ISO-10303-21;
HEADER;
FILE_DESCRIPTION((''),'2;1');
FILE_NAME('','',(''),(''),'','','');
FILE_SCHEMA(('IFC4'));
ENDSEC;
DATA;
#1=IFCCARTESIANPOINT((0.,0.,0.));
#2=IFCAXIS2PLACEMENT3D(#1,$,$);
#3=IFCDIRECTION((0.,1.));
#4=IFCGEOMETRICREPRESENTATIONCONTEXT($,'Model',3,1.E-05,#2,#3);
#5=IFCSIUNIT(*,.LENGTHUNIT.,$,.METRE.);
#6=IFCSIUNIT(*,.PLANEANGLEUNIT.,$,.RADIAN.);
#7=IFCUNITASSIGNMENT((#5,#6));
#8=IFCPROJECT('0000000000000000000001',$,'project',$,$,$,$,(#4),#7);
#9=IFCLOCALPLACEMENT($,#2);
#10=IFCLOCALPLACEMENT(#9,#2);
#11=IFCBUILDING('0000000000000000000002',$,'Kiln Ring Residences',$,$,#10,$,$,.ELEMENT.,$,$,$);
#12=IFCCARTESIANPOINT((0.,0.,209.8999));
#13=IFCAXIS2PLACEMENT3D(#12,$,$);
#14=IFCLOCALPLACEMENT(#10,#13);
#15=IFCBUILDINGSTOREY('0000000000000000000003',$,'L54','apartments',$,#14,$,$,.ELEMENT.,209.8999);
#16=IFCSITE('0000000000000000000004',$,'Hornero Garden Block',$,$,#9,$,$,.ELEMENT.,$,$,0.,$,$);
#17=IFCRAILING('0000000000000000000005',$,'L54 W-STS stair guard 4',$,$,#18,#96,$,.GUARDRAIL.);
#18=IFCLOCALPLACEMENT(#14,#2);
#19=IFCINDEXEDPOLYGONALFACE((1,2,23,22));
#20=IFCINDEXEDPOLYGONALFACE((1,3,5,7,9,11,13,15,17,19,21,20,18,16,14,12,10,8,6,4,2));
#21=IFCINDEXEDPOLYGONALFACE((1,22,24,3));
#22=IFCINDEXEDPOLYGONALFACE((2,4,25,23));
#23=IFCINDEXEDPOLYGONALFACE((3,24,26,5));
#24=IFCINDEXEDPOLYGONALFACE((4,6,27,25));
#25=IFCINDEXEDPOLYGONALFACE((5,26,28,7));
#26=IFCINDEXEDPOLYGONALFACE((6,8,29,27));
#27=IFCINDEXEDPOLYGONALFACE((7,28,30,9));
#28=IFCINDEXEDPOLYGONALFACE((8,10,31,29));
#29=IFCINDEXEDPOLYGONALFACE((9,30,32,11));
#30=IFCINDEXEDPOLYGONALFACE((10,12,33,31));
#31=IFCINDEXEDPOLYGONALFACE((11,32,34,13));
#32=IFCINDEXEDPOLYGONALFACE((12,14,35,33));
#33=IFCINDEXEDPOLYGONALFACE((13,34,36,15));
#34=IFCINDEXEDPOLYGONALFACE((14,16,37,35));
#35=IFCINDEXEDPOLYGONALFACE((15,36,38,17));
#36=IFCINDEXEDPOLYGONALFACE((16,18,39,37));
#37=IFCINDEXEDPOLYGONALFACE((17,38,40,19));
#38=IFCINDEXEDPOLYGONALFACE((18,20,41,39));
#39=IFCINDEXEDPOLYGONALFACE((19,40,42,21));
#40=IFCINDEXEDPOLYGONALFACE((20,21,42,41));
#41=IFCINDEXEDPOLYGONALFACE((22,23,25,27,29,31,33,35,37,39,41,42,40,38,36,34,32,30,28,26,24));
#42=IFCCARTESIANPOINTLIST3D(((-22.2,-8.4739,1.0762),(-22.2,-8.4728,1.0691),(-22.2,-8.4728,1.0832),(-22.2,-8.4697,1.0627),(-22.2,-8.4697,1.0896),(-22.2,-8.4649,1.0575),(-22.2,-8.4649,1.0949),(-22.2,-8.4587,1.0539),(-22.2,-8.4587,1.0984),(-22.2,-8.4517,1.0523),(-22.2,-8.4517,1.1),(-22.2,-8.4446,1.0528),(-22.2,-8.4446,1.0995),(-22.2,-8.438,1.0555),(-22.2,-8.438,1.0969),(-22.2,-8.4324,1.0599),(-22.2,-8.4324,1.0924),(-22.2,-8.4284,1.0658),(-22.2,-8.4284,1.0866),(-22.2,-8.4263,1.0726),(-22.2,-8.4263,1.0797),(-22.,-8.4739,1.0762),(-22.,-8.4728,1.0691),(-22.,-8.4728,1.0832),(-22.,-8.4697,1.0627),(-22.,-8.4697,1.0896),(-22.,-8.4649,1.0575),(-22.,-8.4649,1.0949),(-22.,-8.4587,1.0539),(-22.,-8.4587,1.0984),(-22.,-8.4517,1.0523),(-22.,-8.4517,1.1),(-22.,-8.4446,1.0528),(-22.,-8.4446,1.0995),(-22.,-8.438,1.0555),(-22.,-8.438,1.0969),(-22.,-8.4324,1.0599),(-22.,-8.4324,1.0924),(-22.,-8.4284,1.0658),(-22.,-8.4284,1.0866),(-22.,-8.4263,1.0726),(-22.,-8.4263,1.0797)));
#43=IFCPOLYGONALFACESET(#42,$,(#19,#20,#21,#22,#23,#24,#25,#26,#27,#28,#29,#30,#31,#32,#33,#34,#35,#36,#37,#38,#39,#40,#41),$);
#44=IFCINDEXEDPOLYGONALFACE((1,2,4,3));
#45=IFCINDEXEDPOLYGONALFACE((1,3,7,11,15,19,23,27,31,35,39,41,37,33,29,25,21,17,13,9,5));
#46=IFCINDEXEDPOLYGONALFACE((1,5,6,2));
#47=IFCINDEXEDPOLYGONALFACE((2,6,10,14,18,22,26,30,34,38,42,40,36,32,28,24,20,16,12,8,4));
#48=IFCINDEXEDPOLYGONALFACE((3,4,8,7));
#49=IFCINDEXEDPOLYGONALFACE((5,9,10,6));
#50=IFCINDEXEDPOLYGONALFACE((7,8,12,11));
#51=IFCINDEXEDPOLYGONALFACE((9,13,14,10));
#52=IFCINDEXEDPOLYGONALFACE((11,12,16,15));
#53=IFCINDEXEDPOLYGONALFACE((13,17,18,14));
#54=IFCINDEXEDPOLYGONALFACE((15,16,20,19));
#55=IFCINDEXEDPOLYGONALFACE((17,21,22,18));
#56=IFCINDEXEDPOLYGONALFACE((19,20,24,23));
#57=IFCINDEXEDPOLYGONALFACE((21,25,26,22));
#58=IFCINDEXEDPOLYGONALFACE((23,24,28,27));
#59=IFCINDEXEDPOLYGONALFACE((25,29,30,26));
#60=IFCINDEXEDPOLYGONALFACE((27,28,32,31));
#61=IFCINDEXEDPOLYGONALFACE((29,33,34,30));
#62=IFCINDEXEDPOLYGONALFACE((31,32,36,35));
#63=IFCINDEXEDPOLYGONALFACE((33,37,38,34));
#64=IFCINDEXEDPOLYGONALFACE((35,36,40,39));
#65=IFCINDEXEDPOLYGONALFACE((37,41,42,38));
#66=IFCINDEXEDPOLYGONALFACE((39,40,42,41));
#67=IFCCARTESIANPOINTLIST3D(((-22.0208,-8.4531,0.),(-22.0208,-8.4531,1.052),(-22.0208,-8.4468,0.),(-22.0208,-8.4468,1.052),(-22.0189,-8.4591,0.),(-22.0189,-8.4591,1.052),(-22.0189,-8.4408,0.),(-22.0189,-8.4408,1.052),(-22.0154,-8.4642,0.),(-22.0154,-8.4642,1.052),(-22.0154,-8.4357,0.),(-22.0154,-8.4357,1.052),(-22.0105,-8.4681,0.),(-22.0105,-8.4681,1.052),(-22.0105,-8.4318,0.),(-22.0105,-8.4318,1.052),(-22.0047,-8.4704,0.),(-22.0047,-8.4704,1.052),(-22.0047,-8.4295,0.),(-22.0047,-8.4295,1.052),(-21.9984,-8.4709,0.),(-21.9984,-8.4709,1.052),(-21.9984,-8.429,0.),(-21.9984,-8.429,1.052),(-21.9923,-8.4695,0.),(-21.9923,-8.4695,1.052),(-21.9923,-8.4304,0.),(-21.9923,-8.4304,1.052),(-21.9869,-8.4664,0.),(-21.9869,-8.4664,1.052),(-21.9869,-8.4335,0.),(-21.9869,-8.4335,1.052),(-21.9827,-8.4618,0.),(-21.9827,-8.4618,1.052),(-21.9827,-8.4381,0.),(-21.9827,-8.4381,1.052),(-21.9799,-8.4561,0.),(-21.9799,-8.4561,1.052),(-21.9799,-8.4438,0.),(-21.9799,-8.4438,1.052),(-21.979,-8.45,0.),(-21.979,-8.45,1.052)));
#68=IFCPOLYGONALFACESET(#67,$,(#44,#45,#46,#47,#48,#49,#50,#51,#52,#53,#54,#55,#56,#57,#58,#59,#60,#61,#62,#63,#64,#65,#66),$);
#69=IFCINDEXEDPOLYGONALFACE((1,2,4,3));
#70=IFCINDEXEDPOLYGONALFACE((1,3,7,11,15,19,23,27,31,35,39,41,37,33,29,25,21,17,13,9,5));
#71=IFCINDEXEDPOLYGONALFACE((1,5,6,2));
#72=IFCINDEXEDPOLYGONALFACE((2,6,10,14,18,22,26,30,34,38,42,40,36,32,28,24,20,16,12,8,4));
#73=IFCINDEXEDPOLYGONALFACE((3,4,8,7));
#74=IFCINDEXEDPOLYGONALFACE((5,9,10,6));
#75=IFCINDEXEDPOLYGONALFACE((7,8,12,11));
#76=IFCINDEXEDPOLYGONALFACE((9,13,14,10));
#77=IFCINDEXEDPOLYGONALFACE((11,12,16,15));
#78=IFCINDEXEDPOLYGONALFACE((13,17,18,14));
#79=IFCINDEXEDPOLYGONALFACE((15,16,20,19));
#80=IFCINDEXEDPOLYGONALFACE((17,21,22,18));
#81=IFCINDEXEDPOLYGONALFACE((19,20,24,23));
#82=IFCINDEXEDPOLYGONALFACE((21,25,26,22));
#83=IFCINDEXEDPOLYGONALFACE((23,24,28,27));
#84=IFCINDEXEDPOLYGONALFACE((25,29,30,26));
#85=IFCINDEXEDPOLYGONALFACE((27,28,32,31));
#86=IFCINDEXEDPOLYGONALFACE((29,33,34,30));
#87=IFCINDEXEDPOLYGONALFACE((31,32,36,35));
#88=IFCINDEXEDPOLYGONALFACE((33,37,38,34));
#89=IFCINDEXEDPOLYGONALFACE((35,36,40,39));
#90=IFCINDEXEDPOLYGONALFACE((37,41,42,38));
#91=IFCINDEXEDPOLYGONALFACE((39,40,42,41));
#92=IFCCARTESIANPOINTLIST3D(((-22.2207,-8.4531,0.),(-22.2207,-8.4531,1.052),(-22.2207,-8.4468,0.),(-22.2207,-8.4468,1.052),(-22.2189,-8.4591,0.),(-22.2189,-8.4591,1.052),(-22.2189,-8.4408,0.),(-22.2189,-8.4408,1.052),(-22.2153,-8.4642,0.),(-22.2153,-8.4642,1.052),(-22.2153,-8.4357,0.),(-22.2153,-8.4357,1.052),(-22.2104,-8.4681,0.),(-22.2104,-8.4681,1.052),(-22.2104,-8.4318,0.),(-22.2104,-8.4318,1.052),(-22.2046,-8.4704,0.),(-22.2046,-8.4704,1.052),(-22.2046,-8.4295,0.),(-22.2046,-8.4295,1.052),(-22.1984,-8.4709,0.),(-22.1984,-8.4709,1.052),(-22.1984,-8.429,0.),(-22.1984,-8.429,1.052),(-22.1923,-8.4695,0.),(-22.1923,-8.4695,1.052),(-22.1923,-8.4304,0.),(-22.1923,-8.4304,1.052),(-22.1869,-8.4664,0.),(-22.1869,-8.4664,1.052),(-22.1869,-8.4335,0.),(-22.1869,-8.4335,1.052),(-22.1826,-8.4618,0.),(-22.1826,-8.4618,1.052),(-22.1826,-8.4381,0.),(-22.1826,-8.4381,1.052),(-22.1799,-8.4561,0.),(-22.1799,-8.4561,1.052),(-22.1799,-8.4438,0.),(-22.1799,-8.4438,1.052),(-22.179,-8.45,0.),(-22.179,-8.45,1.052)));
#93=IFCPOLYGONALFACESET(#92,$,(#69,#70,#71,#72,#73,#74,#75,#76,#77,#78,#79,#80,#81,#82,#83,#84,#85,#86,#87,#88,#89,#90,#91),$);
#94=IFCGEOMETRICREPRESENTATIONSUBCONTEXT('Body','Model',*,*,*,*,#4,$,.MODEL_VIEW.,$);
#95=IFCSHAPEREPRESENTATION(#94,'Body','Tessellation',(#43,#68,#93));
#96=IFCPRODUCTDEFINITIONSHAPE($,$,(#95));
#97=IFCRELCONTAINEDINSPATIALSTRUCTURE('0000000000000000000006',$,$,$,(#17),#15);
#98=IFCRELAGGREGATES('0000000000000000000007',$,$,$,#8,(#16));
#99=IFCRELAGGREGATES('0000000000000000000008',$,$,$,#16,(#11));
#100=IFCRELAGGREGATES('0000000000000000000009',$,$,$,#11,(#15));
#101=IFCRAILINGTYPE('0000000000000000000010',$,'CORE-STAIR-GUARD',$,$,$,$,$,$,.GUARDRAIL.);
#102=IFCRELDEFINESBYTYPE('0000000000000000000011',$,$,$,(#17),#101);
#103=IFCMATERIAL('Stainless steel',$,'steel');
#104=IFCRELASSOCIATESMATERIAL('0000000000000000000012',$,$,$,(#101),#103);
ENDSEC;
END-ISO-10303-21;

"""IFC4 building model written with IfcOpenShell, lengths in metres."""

from ifc_helpers import new_model, si_unit, direction, frame, origin, origin_2d, place, context, subcontext, project, spatial, circle, extrude, material, type_object, element, save


model = new_model("IFC4")

# Units and contexts
model_context = context("Model", 3, precision=1e-05, world=origin(), true_north=direction((0.0, 1.0)))
body_context = subcontext(model_context, "Body", "Model", "MODEL_VIEW")
ifc_project = project(units=[si_unit("LENGTHUNIT", "METRE"), si_unit("PLANEANGLEUNIT", "RADIAN")], contexts=[model_context])

# Site, building, storey
site_placement = place(None, origin())
site = spatial("IfcSite", under=ifc_project, at=site_placement, Name="Hornero Garden Block", CompositionType="ELEMENT", RefElevation=0.0)
building_placement = place(site_placement, origin())
building = spatial("IfcBuilding", under=site, at=building_placement, Name="Kiln Ring Residences", CompositionType="ELEMENT")
storey_placement = place(building_placement, frame((0.0, 0.0, 209.8999)))
storey = spatial("IfcBuildingStorey", under=building, at=storey_placement, Name="L54", Description="apartments", CompositionType="ELEMENT", Elevation=209.8999)

# Railing
ifc_material_1 = material(Name="Stainless steel", Category="steel")
railing_type_1 = type_object("IfcRailingType", Name="CORE-STAIR-GUARD", PredefinedType="GUARDRAIL", material=ifc_material_1)
railing_1_placement = place(storey_placement, frame((-22.0, -8.45, 0.0)))
element("IfcRailing", 1, at=railing_1_placement, inside=storey, type_object=railing_type_1, Name="L54 W-STS stair guard 4", PredefinedType="GUARDRAIL", context=body_context, shape_type="SweptSolid", body=[
    extrude(circle(Radius=0.0239, at=origin_2d()), frame((0.0, 0.0, 1.0762), z_axis=(-1.0, 0.0, 0.0), x_axis=(0.0, -1.0, 0.0)), (0.0, 0.0, 1.0), 0.2),
    extrude(circle(Radius=0.021, at=origin_2d()), origin(), (0.0, 0.0, 1.0), 1.052),
    extrude(circle(Radius=0.021, at=origin_2d()), frame((-0.2, 0.0, 0.0)), (0.0, 0.0, 1.0), 1.052),
])

save(model, "model.ifc")
